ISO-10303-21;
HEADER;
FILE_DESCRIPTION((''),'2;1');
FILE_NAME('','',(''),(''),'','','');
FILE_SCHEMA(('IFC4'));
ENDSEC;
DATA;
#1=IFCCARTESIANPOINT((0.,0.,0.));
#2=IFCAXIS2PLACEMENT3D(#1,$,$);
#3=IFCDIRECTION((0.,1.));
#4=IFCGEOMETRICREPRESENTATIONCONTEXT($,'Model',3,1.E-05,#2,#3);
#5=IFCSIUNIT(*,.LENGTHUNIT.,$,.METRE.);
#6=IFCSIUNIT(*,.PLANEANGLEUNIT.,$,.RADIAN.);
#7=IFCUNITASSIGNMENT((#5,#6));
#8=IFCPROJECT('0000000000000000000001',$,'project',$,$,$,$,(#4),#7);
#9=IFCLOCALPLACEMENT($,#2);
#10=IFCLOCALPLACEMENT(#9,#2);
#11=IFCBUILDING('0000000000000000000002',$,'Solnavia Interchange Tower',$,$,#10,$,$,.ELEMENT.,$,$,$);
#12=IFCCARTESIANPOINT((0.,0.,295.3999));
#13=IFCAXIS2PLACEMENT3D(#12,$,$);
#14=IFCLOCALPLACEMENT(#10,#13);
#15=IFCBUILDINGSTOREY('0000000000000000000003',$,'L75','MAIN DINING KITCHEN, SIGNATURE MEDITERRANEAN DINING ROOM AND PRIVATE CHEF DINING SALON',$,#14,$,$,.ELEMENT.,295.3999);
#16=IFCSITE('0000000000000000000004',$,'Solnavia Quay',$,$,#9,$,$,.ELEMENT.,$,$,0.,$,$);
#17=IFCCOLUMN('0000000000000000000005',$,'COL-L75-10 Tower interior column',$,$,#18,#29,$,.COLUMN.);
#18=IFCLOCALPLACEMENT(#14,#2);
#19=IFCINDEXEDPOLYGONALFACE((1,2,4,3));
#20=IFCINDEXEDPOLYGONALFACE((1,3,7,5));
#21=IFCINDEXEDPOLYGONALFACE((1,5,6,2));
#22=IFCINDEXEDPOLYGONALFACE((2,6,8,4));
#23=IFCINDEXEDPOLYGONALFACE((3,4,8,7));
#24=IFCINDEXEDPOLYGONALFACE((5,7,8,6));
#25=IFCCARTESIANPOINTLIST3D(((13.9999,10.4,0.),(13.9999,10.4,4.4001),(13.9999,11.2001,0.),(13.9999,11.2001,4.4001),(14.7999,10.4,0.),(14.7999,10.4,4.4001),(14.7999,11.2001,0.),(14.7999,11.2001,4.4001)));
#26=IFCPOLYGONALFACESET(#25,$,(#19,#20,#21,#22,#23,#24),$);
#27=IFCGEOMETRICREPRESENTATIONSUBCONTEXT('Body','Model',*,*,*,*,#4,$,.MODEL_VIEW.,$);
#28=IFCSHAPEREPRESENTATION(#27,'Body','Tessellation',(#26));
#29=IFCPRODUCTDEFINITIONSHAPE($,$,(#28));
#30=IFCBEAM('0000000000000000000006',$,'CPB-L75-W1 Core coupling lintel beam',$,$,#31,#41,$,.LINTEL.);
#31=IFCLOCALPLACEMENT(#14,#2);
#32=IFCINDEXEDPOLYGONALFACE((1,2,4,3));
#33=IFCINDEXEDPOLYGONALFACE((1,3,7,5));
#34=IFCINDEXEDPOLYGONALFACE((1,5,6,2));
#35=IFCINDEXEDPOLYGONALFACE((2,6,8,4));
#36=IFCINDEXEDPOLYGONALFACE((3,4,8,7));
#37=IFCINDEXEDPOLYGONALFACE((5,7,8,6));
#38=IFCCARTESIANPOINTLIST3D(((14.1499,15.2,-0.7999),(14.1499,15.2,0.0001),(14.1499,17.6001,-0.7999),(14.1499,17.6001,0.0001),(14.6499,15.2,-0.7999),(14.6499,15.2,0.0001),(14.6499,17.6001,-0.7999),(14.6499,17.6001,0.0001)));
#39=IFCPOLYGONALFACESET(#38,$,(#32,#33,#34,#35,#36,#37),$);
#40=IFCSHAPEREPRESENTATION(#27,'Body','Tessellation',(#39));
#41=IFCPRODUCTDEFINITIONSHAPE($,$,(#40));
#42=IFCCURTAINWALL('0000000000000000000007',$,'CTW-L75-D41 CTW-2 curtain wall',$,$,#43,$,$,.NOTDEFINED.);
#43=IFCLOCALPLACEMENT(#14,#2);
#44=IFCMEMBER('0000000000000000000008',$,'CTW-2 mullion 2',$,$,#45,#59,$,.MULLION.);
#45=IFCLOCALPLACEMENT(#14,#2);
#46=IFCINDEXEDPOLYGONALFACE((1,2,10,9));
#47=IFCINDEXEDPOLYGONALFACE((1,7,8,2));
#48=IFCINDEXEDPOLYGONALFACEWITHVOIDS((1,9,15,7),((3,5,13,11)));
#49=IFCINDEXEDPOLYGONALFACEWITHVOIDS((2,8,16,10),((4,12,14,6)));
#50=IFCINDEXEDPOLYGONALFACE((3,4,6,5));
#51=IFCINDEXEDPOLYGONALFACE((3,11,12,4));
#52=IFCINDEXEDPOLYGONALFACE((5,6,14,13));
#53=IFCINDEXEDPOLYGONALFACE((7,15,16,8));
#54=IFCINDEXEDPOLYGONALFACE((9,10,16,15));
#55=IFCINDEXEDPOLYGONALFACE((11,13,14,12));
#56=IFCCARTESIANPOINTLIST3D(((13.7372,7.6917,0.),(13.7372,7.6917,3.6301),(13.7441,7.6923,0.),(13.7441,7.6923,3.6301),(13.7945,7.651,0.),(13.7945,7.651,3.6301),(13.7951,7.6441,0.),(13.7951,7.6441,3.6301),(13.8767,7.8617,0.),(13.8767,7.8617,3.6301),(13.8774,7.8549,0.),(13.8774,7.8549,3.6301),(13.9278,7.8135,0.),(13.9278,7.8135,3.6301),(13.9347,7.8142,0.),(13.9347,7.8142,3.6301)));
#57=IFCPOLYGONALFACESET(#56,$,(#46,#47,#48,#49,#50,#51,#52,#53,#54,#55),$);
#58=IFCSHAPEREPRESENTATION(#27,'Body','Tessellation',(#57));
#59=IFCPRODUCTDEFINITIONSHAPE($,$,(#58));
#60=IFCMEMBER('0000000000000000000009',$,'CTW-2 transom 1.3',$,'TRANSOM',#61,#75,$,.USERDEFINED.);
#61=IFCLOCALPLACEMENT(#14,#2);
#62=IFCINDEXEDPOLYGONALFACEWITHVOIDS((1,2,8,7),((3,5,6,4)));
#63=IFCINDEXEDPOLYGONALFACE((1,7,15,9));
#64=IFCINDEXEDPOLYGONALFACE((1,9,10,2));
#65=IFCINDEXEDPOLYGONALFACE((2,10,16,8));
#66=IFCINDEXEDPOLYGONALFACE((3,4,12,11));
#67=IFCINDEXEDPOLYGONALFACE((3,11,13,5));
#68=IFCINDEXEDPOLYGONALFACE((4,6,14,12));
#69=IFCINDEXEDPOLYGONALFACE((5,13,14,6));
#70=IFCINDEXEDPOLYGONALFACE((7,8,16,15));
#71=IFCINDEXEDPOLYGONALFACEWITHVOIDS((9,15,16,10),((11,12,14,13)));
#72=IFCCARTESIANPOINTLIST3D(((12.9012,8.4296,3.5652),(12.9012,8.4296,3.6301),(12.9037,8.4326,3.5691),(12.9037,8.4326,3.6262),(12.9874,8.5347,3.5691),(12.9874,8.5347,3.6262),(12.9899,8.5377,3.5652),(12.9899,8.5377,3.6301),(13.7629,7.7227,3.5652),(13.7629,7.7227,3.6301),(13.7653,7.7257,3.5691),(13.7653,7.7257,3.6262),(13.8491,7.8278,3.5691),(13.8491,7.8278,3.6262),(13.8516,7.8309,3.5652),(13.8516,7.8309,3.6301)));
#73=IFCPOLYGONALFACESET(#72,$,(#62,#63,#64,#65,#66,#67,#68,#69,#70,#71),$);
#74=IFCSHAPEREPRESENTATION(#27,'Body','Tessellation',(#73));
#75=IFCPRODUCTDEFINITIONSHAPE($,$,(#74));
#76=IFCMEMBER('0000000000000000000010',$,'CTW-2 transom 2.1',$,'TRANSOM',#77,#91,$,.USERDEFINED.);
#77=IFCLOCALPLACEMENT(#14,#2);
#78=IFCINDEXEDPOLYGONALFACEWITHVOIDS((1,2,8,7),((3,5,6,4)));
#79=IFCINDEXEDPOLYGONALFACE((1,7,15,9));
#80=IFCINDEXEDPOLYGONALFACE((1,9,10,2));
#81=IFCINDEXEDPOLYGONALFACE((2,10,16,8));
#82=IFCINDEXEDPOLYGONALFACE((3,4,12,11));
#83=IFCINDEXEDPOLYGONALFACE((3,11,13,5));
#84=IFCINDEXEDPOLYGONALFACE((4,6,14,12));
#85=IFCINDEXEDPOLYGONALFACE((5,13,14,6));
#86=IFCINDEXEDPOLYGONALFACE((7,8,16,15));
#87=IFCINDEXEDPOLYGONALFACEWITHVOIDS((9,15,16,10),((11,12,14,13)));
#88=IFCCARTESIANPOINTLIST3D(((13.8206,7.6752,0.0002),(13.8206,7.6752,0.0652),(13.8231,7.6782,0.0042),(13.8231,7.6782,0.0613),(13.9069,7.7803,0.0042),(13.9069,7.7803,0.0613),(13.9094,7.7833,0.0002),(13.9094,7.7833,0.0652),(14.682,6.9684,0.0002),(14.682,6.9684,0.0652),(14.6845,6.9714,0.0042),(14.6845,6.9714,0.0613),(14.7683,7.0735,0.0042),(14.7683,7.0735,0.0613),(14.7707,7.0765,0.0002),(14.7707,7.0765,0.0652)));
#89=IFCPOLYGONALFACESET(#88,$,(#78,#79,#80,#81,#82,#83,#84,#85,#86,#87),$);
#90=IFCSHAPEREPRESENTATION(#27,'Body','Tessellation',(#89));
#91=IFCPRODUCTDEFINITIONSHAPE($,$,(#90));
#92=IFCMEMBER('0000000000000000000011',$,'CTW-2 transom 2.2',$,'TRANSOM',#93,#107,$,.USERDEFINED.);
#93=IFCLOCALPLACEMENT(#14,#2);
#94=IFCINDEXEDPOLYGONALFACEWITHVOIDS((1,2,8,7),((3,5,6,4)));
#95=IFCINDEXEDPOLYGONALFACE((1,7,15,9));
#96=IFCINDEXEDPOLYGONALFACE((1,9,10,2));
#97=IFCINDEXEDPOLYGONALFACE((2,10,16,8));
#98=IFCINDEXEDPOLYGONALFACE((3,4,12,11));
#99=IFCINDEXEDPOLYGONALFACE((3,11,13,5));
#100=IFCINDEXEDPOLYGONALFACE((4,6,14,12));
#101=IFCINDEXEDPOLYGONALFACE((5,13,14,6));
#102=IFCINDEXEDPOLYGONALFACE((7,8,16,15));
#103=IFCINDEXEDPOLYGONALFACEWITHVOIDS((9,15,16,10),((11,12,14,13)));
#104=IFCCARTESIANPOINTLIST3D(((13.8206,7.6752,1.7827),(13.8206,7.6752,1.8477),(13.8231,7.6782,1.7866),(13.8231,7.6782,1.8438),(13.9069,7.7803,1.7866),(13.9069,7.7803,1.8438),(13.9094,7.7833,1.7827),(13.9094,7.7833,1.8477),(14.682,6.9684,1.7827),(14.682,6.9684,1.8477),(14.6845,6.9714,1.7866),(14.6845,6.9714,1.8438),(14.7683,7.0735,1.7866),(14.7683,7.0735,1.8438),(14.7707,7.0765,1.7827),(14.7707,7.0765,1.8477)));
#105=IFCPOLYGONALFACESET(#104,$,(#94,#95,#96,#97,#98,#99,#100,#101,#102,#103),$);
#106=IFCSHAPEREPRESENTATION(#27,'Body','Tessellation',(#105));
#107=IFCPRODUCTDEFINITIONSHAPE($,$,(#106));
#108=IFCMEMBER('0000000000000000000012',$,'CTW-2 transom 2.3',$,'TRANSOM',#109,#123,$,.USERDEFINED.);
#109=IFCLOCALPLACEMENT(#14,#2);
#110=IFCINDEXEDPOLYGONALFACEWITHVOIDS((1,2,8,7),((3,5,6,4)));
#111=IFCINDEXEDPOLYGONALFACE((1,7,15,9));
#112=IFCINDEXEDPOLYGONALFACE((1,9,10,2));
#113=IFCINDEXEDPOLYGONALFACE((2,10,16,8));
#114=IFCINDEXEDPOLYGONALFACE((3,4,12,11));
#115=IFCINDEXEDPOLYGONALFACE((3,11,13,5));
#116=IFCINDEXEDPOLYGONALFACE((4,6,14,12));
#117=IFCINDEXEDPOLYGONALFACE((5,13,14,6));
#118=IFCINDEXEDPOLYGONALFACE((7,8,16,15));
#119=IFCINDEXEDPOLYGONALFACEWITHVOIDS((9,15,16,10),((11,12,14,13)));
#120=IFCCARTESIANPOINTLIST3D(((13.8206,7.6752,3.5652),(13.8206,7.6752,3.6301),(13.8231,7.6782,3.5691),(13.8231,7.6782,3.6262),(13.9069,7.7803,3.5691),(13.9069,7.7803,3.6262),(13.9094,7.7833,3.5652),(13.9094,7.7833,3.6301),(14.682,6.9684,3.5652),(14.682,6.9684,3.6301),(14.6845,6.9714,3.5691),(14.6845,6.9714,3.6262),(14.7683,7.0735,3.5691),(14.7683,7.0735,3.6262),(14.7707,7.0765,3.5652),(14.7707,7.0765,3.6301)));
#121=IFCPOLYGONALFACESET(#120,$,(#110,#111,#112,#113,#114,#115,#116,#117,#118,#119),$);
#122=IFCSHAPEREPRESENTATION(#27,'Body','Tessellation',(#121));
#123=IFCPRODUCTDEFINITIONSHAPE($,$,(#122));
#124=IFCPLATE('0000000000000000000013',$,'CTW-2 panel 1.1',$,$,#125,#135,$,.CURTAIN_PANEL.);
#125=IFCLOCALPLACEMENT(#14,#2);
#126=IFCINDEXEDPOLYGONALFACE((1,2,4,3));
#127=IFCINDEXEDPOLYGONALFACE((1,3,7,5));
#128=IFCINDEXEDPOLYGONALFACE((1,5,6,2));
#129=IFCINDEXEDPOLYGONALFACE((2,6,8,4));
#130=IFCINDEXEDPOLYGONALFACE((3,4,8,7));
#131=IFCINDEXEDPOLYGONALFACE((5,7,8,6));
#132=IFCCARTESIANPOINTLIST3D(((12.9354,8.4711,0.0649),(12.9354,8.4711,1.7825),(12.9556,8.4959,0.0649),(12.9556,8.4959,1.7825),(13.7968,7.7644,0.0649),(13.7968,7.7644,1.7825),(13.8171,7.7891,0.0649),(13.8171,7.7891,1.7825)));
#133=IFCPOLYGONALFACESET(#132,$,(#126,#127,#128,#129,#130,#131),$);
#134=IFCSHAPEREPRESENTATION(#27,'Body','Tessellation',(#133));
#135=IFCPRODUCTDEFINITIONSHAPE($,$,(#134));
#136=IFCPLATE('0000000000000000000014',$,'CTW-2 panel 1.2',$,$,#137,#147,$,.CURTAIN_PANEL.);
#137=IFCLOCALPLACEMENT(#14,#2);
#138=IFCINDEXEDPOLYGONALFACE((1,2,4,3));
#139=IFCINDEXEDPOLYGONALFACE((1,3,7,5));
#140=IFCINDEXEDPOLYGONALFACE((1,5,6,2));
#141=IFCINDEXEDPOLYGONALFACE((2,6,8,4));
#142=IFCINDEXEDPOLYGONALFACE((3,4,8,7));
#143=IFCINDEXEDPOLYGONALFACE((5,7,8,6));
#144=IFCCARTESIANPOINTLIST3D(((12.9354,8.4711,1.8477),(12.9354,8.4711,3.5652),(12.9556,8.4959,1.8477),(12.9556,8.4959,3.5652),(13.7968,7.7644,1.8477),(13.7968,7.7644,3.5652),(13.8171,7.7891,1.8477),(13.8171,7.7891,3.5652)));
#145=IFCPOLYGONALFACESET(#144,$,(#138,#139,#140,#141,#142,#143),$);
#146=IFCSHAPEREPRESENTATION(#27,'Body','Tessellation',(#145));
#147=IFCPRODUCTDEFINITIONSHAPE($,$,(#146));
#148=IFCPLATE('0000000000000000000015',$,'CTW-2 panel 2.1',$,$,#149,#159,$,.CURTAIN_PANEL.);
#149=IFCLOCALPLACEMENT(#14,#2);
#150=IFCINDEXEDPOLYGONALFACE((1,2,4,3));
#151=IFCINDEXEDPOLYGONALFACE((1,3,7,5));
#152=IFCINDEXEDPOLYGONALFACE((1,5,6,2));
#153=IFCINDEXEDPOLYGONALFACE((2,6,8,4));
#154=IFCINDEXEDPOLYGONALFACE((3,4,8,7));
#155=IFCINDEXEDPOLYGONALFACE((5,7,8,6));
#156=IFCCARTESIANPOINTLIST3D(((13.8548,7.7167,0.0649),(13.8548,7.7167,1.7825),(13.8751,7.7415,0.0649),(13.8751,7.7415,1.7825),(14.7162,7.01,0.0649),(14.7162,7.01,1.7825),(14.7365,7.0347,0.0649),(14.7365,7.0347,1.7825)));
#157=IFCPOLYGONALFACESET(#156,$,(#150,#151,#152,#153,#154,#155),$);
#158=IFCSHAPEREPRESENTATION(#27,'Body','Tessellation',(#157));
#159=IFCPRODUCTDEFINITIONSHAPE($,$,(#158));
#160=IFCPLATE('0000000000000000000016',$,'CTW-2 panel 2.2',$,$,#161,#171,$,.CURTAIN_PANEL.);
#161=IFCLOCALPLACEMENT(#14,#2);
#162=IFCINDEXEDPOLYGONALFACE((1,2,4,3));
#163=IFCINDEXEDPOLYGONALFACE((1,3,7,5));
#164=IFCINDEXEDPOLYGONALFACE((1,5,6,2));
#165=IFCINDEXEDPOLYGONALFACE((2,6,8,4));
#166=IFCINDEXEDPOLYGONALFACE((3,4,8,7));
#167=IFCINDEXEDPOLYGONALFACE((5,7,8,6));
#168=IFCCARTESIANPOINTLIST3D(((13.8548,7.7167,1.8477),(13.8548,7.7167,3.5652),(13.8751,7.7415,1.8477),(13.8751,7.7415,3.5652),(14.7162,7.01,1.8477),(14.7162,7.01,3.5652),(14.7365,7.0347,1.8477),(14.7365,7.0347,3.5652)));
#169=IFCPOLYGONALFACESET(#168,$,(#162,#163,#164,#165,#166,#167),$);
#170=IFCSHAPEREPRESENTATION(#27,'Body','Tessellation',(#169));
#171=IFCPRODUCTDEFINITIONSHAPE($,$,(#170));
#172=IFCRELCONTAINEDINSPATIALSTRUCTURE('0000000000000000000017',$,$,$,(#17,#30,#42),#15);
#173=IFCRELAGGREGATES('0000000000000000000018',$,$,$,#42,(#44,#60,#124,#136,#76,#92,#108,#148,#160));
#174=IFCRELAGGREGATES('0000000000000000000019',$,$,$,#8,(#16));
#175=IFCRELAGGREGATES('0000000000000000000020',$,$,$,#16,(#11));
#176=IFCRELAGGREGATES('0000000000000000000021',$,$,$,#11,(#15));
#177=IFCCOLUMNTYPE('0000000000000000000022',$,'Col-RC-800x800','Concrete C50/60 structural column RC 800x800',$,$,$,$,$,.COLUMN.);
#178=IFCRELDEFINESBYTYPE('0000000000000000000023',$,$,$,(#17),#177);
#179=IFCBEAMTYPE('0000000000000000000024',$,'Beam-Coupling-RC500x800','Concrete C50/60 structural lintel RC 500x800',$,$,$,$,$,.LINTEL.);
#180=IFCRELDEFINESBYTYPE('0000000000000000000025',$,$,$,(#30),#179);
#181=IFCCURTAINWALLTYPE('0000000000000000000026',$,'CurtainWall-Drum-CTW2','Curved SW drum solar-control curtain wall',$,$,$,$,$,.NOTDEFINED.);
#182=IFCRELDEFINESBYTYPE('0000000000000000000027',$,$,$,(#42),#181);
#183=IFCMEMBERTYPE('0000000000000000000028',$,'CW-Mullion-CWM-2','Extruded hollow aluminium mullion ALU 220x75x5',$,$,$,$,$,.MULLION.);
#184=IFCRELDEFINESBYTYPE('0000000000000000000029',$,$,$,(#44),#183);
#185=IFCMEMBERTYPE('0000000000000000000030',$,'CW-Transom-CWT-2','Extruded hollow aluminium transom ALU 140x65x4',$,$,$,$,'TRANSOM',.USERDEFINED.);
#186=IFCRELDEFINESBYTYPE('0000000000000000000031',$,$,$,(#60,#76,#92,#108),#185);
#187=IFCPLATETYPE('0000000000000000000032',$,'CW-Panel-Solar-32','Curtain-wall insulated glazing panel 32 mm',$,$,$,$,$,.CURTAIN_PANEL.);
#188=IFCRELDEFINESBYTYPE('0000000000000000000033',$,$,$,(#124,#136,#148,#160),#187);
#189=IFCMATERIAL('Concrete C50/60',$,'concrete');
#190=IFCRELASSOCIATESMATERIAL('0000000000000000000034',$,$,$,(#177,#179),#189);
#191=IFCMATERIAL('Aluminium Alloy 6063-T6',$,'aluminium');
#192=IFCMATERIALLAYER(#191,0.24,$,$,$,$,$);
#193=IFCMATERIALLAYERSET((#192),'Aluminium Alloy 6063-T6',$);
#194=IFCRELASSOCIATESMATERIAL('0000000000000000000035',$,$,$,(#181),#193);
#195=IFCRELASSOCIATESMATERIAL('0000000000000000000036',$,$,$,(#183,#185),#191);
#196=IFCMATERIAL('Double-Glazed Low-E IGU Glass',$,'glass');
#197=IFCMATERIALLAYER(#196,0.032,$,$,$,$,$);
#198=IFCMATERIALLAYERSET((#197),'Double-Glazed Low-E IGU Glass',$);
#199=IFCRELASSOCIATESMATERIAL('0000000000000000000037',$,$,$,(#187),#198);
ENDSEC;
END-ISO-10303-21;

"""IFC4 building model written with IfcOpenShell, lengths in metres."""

from ifc_helpers import new_model, si_unit, direction, frame, origin, origin_2d, place, context, subcontext, project, spatial, rectangle, hollow_rectangle, extrude, material, layer, layer_set, material_profile, profile_set, type_object, element, aggregate, save


model = new_model("IFC4")

# Units and contexts
model_context = context("Model", 3, precision=1e-05, world=origin(), true_north=direction((0.0, 1.0)))
body_context = subcontext(model_context, "Body", "Model", "MODEL_VIEW")
ifc_project = project(units=[si_unit("LENGTHUNIT", "METRE"), si_unit("PLANEANGLEUNIT", "RADIAN")], contexts=[model_context])

# Site, building, storey
site_placement = place(None, origin())
site = spatial("IfcSite", under=ifc_project, at=site_placement, Name="Solnavia Quay", CompositionType="ELEMENT", RefElevation=0.0)
building_placement = place(site_placement, origin())
building = spatial("IfcBuilding", under=site, at=building_placement, Name="Solnavia Interchange Tower", CompositionType="ELEMENT")
storey_placement = place(building_placement, frame((0.0, 0.0, 295.3999)))
storey = spatial("IfcBuildingStorey", under=building, at=storey_placement, Name="L75", Description="MAIN DINING KITCHEN, SIGNATURE MEDITERRANEAN DINING ROOM AND PRIVATE CHEF DINING SALON", CompositionType="ELEMENT", Elevation=295.3999)

# Column
ifc_material_1 = material(Name="Concrete C50/60", Category="concrete")
ifc_material_profile_1 = material_profile(ifc_material_1, rectangle(XDim=0.8, YDim=0.8, at=origin_2d()), Name="RC 800x800")
ifc_profile_set_1 = profile_set([ifc_material_profile_1], Name="Concrete C50/60")
column_type = type_object("IfcColumnType", Name="Col-RC-800x800", Description="Concrete C50/60 structural column RC 800x800", PredefinedType="COLUMN", material=ifc_profile_set_1)
column_placement = place(storey_placement, frame((14.3999, 10.8, 0.0), z_axis=(0.0, 0.0, 1.0), x_axis=(1.0, 0.0, 0.0)))
element("IfcColumn", 1, at=column_placement, inside=storey, type_object=column_type, Name="COL-L75-10 Tower interior column", PredefinedType="COLUMN", context=body_context, shape_type="SweptSolid", body=[
    extrude(rectangle(XDim=0.8, YDim=0.8, at=origin_2d()), origin(), (0.0, 0.0, 1.0), 4.4001),
])

# Beam
ifc_material_profile_2 = material_profile(ifc_material_1, rectangle(XDim=0.5, YDim=0.8, at=origin_2d()), Name="RC 500x800")
ifc_profile_set_2 = profile_set([ifc_material_profile_2], Name="Concrete C50/60")
beam_type = type_object("IfcBeamType", Name="Beam-Coupling-RC500x800", Description="Concrete C50/60 structural lintel RC 500x800", PredefinedType="LINTEL", material=ifc_profile_set_2)
beam_placement = place(storey_placement, frame((14.3999, 15.2, -0.3999), z_axis=(0.0, 1.0, 0.0), x_axis=(-1.0, 0.0, 0.0)))
element("IfcBeam", 2, at=beam_placement, inside=storey, type_object=beam_type, Name="CPB-L75-W1 Core coupling lintel beam", PredefinedType="LINTEL", context=body_context, shape_type="SweptSolid", body=[
    extrude(rectangle(XDim=0.5, YDim=0.8, at=origin_2d()), origin(), (0.0, 0.0, 1.0), 2.4001),
])

# Curtain wall, members, plates
ifc_material_2 = material(Name="Aluminium Alloy 6063-T6", Category="aluminium")
ifc_layer_1 = layer(ifc_material_2, 0.24)
ifc_layer_set_1 = layer_set([ifc_layer_1], Name="Aluminium Alloy 6063-T6")
curtain_wall_type = type_object("IfcCurtainWallType", Name="CurtainWall-Drum-CTW2", Description="Curved SW drum solar-control curtain wall", PredefinedType="NOTDEFINED", material=ifc_layer_set_1)
curtain_wall_placement = place(storey_placement, origin())
curtain_wall = element("IfcCurtainWall", 3, at=curtain_wall_placement, inside=storey, type_object=curtain_wall_type, Name="CTW-L75-D41 CTW-2 curtain wall", PredefinedType="NOTDEFINED")
ifc_material_profile_3 = material_profile(ifc_material_2, hollow_rectangle(XDim=0.075, YDim=0.22, WallThickness=0.0049, at=origin_2d()), Name="ALU 220x75x5")
ifc_profile_set_3 = profile_set([ifc_material_profile_3], Name="Aluminium Alloy 6063-T6")
member_type_1 = type_object("IfcMemberType", Name="CW-Mullion-CWM-2", Description="Extruded hollow aluminium mullion ALU 220x75x5", PredefinedType="MULLION", material=ifc_profile_set_3)
member_1_placement = place(storey_placement, frame((13.8359, 7.7529, 0.0), z_axis=(0.0, 0.0, 1.0), x_axis=(0.773103, -0.63428, 0.0)))
member_1 = element("IfcMember", 4, at=member_1_placement, type_object=member_type_1, Name="CTW-2 mullion 2", PredefinedType="MULLION", context=body_context, shape_type="SweptSolid", body=[
    extrude(hollow_rectangle(XDim=0.075, YDim=0.22, WallThickness=0.0049, at=origin_2d()), origin(), (0.0, 0.0, 1.0), 3.6301),
])
ifc_material_profile_4 = material_profile(ifc_material_2, hollow_rectangle(XDim=0.0649, YDim=0.1399, WallThickness=0.0039, at=origin_2d()), Name="ALU 140x65x4")
ifc_profile_set_4 = profile_set([ifc_material_profile_4], Name="Aluminium Alloy 6063-T6")
member_type_2 = type_object("IfcMemberType", Name="CW-Transom-CWT-2", Description="Extruded hollow aluminium transom ALU 140x65x4", ElementType="TRANSOM", PredefinedType="USERDEFINED", material=ifc_profile_set_4)
member_2_placement = place(storey_placement, frame((12.9456, 8.4836, 3.5977), z_axis=(0.773137, -0.634239, 0.0), x_axis=(0.0, 0.0, 1.0)))
member_2 = element("IfcMember", 5, at=member_2_placement, type_object=member_type_2, Name="CTW-2 transom 1.3", ObjectType="TRANSOM", PredefinedType="USERDEFINED", context=body_context, shape_type="SweptSolid", body=[
    extrude(hollow_rectangle(XDim=0.0649, YDim=0.1399, WallThickness=0.0039, at=origin_2d()), origin(), (0.0, 0.0, 1.0), 1.1145),
])
member_3_placement = place(storey_placement, frame((13.865, 7.7292, 0.0327), z_axis=(0.773049, -0.634347, 0.0), x_axis=(0.0, 0.0, 1.0)))
member_3 = element("IfcMember", 6, at=member_3_placement, type_object=member_type_2, Name="CTW-2 transom 2.1", ObjectType="TRANSOM", PredefinedType="USERDEFINED", context=body_context, shape_type="SweptSolid", body=[
    extrude(hollow_rectangle(XDim=0.0649, YDim=0.1399, WallThickness=0.0039, at=origin_2d()), origin(), (0.0, 0.0, 1.0), 1.1143),
])
member_4_placement = place(storey_placement, frame((13.865, 7.7292, 1.8152), z_axis=(0.773049, -0.634347, 0.0), x_axis=(0.0, 0.0, 1.0)))
member_4 = element("IfcMember", 7, at=member_4_placement, type_object=member_type_2, Name="CTW-2 transom 2.2", ObjectType="TRANSOM", PredefinedType="USERDEFINED", context=body_context, shape_type="SweptSolid", body=[
    extrude(hollow_rectangle(XDim=0.0649, YDim=0.1399, WallThickness=0.0039, at=origin_2d()), origin(), (0.0, 0.0, 1.0), 1.1143),
])
member_5_placement = place(storey_placement, frame((13.865, 7.7292, 3.5977), z_axis=(0.773049, -0.634347, 0.0), x_axis=(0.0, 0.0, 1.0)))
member_5 = element("IfcMember", 8, at=member_5_placement, type_object=member_type_2, Name="CTW-2 transom 2.3", ObjectType="TRANSOM", PredefinedType="USERDEFINED", context=body_context, shape_type="SweptSolid", body=[
    extrude(hollow_rectangle(XDim=0.0649, YDim=0.1399, WallThickness=0.0039, at=origin_2d()), origin(), (0.0, 0.0, 1.0), 1.1143),
])
ifc_material_3 = material(Name="Double-Glazed Low-E IGU Glass", Category="glass")
ifc_layer_2 = layer(ifc_material_3, 0.032)
ifc_layer_set_2 = layer_set([ifc_layer_2], Name="Double-Glazed Low-E IGU Glass")
plate_type = type_object("IfcPlateType", Name="CW-Panel-Solar-32", Description="Curtain-wall insulated glazing panel 32 mm", PredefinedType="CURTAIN_PANEL", material=ifc_layer_set_2)
plate_1_placement = place(storey_placement, frame((13.3762, 8.1301, 0.0649), z_axis=(0.0, 0.0, 1.0), x_axis=(0.773103, -0.63428, 0.0)))
plate_1 = element("IfcPlate", 9, at=plate_1_placement, type_object=plate_type, Name="CTW-2 panel 1.1", PredefinedType="CURTAIN_PANEL", context=body_context, shape_type="SweptSolid", body=[
    extrude(rectangle(XDim=1.1143, YDim=0.032, at=origin_2d()), origin(), (0.0, 0.0, 1.0), 1.7175),
])
plate_2_placement = place(storey_placement, frame((13.3762, 8.1301, 1.8477), z_axis=(0.0, 0.0, 1.0), x_axis=(0.773103, -0.63428, 0.0)))
plate_2 = element("IfcPlate", 10, at=plate_2_placement, type_object=plate_type, Name="CTW-2 panel 1.2", PredefinedType="CURTAIN_PANEL", context=body_context, shape_type="SweptSolid", body=[
    extrude(rectangle(XDim=1.1143, YDim=0.032, at=origin_2d()), origin(), (0.0, 0.0, 1.0), 1.7175),
])
plate_3_placement = place(storey_placement, frame((14.2957, 7.3757, 0.0649), z_axis=(0.0, 0.0, 1.0), x_axis=(0.773103, -0.63428, 0.0)))
plate_3 = element("IfcPlate", 11, at=plate_3_placement, type_object=plate_type, Name="CTW-2 panel 2.1", PredefinedType="CURTAIN_PANEL", context=body_context, shape_type="SweptSolid", body=[
    extrude(rectangle(XDim=1.1143, YDim=0.032, at=origin_2d()), origin(), (0.0, 0.0, 1.0), 1.7175),
])
plate_4_placement = place(storey_placement, frame((14.2957, 7.3757, 1.8477), z_axis=(0.0, 0.0, 1.0), x_axis=(0.773103, -0.63428, 0.0)))
plate_4 = element("IfcPlate", 12, at=plate_4_placement, type_object=plate_type, Name="CTW-2 panel 2.2", PredefinedType="CURTAIN_PANEL", context=body_context, shape_type="SweptSolid", body=[
    extrude(rectangle(XDim=1.1143, YDim=0.032, at=origin_2d()), origin(), (0.0, 0.0, 1.0), 1.7175),
])
aggregate(curtain_wall, [member_1, member_2, plate_1, plate_2, member_3, member_4, member_5, plate_3, plate_4])

save(model, "model.ifc")
